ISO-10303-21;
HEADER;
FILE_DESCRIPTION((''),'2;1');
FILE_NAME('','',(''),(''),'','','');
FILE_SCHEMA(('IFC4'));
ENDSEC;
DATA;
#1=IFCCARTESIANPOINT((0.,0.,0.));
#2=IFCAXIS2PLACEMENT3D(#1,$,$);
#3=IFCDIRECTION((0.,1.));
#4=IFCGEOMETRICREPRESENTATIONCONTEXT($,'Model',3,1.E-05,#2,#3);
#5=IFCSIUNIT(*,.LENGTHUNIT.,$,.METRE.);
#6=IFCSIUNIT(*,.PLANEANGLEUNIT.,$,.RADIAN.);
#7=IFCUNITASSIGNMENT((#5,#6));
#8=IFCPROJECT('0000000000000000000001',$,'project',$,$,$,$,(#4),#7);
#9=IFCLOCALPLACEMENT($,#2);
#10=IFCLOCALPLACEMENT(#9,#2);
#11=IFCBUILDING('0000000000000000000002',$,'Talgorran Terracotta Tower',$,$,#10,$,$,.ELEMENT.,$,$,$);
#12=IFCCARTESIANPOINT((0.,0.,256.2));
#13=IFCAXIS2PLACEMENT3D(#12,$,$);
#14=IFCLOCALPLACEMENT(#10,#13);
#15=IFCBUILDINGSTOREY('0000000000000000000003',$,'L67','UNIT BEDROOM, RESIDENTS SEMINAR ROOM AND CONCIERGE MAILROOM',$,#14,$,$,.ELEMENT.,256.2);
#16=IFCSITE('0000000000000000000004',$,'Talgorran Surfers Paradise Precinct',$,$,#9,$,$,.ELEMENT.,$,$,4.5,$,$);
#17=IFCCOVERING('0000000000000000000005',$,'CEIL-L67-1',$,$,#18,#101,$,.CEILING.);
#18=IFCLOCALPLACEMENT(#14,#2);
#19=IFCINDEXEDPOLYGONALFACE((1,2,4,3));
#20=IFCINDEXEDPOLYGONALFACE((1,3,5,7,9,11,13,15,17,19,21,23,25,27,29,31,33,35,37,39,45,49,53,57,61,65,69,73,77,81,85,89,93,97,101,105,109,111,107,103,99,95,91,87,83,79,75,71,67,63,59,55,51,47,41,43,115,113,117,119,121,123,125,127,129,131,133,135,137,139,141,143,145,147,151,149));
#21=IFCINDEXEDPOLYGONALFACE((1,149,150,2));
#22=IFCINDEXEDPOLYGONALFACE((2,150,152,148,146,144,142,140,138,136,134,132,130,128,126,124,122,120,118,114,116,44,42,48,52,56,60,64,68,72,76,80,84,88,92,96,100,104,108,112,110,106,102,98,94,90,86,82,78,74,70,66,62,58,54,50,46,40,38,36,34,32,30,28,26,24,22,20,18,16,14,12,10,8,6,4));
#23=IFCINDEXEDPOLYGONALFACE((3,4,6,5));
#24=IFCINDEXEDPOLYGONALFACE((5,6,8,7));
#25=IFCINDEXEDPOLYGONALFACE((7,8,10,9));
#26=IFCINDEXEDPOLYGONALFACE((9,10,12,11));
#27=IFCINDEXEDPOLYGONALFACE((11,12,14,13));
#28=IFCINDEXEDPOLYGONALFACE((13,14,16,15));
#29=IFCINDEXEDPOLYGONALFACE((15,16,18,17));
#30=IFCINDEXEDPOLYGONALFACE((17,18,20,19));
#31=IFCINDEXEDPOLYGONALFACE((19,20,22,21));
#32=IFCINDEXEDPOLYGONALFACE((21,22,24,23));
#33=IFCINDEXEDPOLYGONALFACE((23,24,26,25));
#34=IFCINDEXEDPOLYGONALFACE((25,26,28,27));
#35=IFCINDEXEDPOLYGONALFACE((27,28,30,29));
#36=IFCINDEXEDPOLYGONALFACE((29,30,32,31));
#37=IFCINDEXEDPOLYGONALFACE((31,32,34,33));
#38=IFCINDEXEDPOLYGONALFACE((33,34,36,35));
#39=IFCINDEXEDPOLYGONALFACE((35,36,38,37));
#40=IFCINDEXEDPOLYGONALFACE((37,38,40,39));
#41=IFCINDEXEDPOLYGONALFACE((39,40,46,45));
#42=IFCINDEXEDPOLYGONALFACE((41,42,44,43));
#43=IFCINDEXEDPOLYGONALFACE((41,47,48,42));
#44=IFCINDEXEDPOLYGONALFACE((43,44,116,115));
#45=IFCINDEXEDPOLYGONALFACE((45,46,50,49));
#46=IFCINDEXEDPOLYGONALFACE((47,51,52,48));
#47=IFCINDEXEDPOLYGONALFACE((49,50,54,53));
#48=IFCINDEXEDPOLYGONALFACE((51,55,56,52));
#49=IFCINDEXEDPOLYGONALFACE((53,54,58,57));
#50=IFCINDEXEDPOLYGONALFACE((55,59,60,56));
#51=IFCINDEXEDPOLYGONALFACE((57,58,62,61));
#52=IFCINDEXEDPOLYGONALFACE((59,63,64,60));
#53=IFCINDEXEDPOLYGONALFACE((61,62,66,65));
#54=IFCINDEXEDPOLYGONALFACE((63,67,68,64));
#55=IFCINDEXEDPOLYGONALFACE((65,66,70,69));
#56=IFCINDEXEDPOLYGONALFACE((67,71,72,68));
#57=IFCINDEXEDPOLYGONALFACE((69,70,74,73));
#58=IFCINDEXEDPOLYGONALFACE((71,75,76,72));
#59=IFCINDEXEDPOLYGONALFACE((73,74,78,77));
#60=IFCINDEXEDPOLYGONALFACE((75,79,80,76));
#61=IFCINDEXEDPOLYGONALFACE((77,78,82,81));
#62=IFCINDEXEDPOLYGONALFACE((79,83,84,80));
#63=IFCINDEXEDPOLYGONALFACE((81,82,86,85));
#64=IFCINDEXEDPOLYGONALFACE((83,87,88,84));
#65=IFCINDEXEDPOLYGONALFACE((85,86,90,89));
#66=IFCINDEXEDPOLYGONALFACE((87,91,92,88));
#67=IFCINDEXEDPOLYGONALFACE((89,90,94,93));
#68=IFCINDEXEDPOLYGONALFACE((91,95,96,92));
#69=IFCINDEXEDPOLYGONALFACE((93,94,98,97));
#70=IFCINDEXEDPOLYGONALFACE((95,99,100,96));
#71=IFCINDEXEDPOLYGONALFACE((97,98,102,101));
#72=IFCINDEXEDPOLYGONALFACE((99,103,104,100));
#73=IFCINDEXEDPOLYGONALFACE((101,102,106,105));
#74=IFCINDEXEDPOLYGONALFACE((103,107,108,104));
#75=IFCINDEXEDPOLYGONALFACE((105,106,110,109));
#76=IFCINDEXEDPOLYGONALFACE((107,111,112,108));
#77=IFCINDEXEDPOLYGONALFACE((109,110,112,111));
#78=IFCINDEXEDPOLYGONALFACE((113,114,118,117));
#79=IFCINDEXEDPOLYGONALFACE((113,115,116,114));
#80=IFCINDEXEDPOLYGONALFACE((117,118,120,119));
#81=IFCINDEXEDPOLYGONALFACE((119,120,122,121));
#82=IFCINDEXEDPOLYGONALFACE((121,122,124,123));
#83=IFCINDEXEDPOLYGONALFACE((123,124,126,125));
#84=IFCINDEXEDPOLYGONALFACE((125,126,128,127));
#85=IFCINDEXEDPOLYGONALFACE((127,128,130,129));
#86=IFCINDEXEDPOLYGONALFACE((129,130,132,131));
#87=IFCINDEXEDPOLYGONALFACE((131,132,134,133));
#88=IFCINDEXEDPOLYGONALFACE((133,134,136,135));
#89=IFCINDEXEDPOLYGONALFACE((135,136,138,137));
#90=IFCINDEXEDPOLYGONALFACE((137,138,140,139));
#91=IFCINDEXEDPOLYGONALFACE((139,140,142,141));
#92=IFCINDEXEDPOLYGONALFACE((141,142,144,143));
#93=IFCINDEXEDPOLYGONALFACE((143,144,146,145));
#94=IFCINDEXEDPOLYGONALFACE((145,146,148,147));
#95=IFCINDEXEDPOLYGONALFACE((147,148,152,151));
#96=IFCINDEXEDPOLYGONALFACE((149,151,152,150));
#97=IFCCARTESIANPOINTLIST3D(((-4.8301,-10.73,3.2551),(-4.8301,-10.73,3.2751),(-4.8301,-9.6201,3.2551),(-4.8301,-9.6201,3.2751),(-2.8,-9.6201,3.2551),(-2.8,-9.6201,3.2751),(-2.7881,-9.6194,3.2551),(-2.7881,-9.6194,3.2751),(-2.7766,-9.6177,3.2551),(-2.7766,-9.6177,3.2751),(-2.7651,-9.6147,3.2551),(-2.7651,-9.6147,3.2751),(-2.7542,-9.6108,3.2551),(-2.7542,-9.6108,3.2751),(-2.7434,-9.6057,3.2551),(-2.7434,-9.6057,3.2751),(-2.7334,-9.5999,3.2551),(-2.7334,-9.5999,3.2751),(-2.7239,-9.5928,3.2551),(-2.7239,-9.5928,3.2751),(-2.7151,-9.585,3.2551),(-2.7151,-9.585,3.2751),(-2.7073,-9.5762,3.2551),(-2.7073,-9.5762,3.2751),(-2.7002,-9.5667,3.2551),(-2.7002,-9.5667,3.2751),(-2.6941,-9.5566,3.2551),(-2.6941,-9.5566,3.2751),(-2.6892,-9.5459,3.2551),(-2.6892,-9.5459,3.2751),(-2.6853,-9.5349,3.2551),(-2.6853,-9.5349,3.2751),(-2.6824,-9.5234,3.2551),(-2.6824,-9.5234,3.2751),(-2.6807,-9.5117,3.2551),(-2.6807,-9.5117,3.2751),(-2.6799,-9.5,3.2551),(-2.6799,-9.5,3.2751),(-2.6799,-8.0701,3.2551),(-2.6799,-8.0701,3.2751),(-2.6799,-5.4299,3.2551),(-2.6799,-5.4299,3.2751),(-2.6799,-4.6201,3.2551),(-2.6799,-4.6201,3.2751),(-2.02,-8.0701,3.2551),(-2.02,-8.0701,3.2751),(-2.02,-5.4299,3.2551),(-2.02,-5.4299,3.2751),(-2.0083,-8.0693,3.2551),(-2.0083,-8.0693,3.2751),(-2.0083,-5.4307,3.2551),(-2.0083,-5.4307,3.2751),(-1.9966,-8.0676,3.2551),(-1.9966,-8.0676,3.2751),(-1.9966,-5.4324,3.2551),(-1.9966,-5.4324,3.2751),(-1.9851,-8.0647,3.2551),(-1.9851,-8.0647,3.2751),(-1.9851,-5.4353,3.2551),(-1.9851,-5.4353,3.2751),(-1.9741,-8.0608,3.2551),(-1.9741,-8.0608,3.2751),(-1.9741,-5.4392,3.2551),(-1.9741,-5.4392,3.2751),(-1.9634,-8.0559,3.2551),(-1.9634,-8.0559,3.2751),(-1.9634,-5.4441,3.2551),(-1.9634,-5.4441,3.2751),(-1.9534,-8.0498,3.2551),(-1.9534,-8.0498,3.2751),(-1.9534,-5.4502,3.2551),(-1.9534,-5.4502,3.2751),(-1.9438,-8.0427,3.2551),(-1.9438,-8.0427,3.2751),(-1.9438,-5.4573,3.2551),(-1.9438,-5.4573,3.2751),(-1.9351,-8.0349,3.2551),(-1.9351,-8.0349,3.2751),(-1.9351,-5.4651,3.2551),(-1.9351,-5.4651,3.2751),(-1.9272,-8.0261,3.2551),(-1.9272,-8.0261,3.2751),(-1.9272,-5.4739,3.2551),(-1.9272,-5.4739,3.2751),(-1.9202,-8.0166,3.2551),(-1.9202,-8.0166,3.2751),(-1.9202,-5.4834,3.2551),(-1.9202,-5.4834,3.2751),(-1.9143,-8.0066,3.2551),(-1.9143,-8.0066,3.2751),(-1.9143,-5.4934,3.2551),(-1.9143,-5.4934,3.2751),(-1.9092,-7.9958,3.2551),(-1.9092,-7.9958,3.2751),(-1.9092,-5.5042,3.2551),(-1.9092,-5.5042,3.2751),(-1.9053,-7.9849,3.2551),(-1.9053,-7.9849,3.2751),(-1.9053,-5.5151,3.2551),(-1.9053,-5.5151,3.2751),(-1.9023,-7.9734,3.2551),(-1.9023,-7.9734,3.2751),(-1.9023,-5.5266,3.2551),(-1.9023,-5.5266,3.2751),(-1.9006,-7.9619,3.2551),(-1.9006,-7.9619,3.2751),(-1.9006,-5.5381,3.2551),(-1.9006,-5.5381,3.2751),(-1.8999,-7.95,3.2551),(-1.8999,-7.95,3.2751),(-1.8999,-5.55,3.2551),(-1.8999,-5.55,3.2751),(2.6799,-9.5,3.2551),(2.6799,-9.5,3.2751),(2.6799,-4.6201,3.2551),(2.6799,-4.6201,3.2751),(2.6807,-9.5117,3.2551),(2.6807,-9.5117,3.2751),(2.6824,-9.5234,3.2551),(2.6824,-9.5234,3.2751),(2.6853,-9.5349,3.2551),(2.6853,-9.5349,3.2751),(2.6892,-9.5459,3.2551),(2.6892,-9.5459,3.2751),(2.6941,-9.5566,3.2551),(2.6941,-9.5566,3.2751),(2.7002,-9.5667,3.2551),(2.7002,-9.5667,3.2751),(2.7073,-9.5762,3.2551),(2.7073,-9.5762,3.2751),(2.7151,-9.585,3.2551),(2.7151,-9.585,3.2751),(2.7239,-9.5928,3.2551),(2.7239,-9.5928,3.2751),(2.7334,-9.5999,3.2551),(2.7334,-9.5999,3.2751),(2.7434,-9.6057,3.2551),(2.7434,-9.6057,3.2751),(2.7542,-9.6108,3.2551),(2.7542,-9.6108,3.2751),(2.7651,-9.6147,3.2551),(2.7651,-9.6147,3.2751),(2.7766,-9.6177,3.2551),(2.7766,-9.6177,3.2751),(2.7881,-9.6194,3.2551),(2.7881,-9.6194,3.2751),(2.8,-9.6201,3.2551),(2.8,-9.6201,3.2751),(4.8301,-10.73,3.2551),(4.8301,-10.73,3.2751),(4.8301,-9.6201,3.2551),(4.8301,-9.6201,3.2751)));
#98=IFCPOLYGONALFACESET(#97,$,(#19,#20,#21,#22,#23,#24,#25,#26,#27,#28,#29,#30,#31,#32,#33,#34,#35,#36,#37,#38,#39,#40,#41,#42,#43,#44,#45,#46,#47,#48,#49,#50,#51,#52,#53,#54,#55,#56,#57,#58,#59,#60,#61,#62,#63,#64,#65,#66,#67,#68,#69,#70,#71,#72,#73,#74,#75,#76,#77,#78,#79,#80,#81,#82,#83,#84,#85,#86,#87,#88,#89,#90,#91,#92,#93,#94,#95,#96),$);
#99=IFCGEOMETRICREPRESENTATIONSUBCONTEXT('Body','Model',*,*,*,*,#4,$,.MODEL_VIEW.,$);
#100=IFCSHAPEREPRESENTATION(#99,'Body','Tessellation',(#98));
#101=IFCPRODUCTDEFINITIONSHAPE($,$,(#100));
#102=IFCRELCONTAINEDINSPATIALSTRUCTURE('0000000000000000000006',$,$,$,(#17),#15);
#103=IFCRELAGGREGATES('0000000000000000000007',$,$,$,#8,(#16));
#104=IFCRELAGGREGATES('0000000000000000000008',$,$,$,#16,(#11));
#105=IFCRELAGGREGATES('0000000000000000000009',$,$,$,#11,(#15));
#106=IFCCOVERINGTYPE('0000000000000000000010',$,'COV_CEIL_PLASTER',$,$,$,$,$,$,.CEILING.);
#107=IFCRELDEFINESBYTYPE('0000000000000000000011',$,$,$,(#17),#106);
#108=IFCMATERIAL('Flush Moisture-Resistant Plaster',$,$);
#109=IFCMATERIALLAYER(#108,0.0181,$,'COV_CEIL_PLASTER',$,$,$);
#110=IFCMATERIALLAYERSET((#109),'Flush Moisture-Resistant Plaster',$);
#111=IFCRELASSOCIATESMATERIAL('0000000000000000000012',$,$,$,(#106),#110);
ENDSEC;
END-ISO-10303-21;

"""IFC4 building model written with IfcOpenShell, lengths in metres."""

from ifc_helpers import new_model, si_unit, direction, frame, origin, place, context, subcontext, project, spatial, polyline, outline, extrude, material, layer, layer_set, type_object, element, save


model = new_model("IFC4")

# Units and contexts
model_context = context("Model", 3, precision=1e-05, world=origin(), true_north=direction((0.0, 1.0)))
body_context = subcontext(model_context, "Body", "Model", "MODEL_VIEW")
ifc_project = project(units=[si_unit("LENGTHUNIT", "METRE"), si_unit("PLANEANGLEUNIT", "RADIAN")], contexts=[model_context])

# Site, building, storey
site_placement = place(None, origin())
site = spatial("IfcSite", under=ifc_project, at=site_placement, Name="Talgorran Surfers Paradise Precinct", CompositionType="ELEMENT", RefElevation=4.5)
building_placement = place(site_placement, origin())
building = spatial("IfcBuilding", under=site, at=building_placement, Name="Talgorran Terracotta Tower", CompositionType="ELEMENT")
storey_placement = place(building_placement, frame((0.0, 0.0, 256.2)))
storey = spatial("IfcBuildingStorey", under=building, at=storey_placement, Name="L67", Description="UNIT BEDROOM, RESIDENTS SEMINAR ROOM AND CONCIERGE MAILROOM", CompositionType="ELEMENT", Elevation=256.2)

# Covering
ifc_material_1 = material(Name="Flush Moisture-Resistant Plaster")
ifc_layer_1 = layer(ifc_material_1, 0.0181, Name="COV_CEIL_PLASTER")
ifc_layer_set_1 = layer_set([ifc_layer_1], Name="Flush Moisture-Resistant Plaster")
covering_type_1 = type_object("IfcCoveringType", Name="COV_CEIL_PLASTER", PredefinedType="CEILING", material=ifc_layer_set_1)
covering_1_placement = place(storey_placement, frame((0.0, 0.0, 3.2551)))
element("IfcCovering", 1, at=covering_1_placement, inside=storey, type_object=covering_type_1, Name="CEIL-L67-1", PredefinedType="CEILING", context=body_context, shape_type="SweptSolid", body=[
    extrude(outline(polyline([(2.6799, -4.6201), (2.6799, -9.5), (2.6807, -9.5117), (2.6824, -9.5234), (2.6853, -9.5349), (2.6892, -9.5459), (2.6941, -9.5566), (2.7002, -9.5667), (2.7073, -9.5762), (2.7151, -9.585), (2.7239, -9.5928), (2.7334, -9.5999), (2.7434, -9.6057), (2.7542, -9.6108), (2.7651, -9.6147), (2.7766, -9.6177), (2.7881, -9.6194), (2.8, -9.6201), (4.8301, -9.6201), (4.8301, -10.73), (-4.8301, -10.73), (-4.8301, -9.6201), (-2.8, -9.6201), (-2.7881, -9.6194), (-2.7766, -9.6177), (-2.7651, -9.6147), (-2.7542, -9.6108), (-2.7434, -9.6057), (-2.7334, -9.5999), (-2.7239, -9.5928), (-2.7151, -9.585), (-2.7073, -9.5762), (-2.7002, -9.5667), (-2.6941, -9.5566), (-2.6892, -9.5459), (-2.6853, -9.5349), (-2.6824, -9.5234), (-2.6807, -9.5117), (-2.6799, -9.5), (-2.6799, -8.0701), (-2.02, -8.0701), (-2.0083, -8.0693), (-1.9966, -8.0676), (-1.9851, -8.0647), (-1.9741, -8.0608), (-1.9634, -8.0559), (-1.9534, -8.0498), (-1.9438, -8.0427), (-1.9351, -8.0349), (-1.9272, -8.0261), (-1.9202, -8.0166), (-1.9143, -8.0066), (-1.9092, -7.9958), (-1.9053, -7.9849), (-1.9023, -7.9734), (-1.9006, -7.9619), (-1.8999, -7.95), (-1.8999, -5.55), (-1.9006, -5.5381), (-1.9023, -5.5266), (-1.9053, -5.5151), (-1.9092, -5.5042), (-1.9143, -5.4934), (-1.9202, -5.4834), (-1.9272, -5.4739), (-1.9351, -5.4651), (-1.9438, -5.4573), (-1.9534, -5.4502), (-1.9634, -5.4441), (-1.9741, -5.4392), (-1.9851, -5.4353), (-1.9966, -5.4324), (-2.0083, -5.4307), (-2.02, -5.4299), (-2.6799, -5.4299), (-2.6799, -4.6201), (2.6799, -4.6201)])), origin(), (0.0, 0.0, 1.0), 0.02),
])

save(model, "model.ifc")
